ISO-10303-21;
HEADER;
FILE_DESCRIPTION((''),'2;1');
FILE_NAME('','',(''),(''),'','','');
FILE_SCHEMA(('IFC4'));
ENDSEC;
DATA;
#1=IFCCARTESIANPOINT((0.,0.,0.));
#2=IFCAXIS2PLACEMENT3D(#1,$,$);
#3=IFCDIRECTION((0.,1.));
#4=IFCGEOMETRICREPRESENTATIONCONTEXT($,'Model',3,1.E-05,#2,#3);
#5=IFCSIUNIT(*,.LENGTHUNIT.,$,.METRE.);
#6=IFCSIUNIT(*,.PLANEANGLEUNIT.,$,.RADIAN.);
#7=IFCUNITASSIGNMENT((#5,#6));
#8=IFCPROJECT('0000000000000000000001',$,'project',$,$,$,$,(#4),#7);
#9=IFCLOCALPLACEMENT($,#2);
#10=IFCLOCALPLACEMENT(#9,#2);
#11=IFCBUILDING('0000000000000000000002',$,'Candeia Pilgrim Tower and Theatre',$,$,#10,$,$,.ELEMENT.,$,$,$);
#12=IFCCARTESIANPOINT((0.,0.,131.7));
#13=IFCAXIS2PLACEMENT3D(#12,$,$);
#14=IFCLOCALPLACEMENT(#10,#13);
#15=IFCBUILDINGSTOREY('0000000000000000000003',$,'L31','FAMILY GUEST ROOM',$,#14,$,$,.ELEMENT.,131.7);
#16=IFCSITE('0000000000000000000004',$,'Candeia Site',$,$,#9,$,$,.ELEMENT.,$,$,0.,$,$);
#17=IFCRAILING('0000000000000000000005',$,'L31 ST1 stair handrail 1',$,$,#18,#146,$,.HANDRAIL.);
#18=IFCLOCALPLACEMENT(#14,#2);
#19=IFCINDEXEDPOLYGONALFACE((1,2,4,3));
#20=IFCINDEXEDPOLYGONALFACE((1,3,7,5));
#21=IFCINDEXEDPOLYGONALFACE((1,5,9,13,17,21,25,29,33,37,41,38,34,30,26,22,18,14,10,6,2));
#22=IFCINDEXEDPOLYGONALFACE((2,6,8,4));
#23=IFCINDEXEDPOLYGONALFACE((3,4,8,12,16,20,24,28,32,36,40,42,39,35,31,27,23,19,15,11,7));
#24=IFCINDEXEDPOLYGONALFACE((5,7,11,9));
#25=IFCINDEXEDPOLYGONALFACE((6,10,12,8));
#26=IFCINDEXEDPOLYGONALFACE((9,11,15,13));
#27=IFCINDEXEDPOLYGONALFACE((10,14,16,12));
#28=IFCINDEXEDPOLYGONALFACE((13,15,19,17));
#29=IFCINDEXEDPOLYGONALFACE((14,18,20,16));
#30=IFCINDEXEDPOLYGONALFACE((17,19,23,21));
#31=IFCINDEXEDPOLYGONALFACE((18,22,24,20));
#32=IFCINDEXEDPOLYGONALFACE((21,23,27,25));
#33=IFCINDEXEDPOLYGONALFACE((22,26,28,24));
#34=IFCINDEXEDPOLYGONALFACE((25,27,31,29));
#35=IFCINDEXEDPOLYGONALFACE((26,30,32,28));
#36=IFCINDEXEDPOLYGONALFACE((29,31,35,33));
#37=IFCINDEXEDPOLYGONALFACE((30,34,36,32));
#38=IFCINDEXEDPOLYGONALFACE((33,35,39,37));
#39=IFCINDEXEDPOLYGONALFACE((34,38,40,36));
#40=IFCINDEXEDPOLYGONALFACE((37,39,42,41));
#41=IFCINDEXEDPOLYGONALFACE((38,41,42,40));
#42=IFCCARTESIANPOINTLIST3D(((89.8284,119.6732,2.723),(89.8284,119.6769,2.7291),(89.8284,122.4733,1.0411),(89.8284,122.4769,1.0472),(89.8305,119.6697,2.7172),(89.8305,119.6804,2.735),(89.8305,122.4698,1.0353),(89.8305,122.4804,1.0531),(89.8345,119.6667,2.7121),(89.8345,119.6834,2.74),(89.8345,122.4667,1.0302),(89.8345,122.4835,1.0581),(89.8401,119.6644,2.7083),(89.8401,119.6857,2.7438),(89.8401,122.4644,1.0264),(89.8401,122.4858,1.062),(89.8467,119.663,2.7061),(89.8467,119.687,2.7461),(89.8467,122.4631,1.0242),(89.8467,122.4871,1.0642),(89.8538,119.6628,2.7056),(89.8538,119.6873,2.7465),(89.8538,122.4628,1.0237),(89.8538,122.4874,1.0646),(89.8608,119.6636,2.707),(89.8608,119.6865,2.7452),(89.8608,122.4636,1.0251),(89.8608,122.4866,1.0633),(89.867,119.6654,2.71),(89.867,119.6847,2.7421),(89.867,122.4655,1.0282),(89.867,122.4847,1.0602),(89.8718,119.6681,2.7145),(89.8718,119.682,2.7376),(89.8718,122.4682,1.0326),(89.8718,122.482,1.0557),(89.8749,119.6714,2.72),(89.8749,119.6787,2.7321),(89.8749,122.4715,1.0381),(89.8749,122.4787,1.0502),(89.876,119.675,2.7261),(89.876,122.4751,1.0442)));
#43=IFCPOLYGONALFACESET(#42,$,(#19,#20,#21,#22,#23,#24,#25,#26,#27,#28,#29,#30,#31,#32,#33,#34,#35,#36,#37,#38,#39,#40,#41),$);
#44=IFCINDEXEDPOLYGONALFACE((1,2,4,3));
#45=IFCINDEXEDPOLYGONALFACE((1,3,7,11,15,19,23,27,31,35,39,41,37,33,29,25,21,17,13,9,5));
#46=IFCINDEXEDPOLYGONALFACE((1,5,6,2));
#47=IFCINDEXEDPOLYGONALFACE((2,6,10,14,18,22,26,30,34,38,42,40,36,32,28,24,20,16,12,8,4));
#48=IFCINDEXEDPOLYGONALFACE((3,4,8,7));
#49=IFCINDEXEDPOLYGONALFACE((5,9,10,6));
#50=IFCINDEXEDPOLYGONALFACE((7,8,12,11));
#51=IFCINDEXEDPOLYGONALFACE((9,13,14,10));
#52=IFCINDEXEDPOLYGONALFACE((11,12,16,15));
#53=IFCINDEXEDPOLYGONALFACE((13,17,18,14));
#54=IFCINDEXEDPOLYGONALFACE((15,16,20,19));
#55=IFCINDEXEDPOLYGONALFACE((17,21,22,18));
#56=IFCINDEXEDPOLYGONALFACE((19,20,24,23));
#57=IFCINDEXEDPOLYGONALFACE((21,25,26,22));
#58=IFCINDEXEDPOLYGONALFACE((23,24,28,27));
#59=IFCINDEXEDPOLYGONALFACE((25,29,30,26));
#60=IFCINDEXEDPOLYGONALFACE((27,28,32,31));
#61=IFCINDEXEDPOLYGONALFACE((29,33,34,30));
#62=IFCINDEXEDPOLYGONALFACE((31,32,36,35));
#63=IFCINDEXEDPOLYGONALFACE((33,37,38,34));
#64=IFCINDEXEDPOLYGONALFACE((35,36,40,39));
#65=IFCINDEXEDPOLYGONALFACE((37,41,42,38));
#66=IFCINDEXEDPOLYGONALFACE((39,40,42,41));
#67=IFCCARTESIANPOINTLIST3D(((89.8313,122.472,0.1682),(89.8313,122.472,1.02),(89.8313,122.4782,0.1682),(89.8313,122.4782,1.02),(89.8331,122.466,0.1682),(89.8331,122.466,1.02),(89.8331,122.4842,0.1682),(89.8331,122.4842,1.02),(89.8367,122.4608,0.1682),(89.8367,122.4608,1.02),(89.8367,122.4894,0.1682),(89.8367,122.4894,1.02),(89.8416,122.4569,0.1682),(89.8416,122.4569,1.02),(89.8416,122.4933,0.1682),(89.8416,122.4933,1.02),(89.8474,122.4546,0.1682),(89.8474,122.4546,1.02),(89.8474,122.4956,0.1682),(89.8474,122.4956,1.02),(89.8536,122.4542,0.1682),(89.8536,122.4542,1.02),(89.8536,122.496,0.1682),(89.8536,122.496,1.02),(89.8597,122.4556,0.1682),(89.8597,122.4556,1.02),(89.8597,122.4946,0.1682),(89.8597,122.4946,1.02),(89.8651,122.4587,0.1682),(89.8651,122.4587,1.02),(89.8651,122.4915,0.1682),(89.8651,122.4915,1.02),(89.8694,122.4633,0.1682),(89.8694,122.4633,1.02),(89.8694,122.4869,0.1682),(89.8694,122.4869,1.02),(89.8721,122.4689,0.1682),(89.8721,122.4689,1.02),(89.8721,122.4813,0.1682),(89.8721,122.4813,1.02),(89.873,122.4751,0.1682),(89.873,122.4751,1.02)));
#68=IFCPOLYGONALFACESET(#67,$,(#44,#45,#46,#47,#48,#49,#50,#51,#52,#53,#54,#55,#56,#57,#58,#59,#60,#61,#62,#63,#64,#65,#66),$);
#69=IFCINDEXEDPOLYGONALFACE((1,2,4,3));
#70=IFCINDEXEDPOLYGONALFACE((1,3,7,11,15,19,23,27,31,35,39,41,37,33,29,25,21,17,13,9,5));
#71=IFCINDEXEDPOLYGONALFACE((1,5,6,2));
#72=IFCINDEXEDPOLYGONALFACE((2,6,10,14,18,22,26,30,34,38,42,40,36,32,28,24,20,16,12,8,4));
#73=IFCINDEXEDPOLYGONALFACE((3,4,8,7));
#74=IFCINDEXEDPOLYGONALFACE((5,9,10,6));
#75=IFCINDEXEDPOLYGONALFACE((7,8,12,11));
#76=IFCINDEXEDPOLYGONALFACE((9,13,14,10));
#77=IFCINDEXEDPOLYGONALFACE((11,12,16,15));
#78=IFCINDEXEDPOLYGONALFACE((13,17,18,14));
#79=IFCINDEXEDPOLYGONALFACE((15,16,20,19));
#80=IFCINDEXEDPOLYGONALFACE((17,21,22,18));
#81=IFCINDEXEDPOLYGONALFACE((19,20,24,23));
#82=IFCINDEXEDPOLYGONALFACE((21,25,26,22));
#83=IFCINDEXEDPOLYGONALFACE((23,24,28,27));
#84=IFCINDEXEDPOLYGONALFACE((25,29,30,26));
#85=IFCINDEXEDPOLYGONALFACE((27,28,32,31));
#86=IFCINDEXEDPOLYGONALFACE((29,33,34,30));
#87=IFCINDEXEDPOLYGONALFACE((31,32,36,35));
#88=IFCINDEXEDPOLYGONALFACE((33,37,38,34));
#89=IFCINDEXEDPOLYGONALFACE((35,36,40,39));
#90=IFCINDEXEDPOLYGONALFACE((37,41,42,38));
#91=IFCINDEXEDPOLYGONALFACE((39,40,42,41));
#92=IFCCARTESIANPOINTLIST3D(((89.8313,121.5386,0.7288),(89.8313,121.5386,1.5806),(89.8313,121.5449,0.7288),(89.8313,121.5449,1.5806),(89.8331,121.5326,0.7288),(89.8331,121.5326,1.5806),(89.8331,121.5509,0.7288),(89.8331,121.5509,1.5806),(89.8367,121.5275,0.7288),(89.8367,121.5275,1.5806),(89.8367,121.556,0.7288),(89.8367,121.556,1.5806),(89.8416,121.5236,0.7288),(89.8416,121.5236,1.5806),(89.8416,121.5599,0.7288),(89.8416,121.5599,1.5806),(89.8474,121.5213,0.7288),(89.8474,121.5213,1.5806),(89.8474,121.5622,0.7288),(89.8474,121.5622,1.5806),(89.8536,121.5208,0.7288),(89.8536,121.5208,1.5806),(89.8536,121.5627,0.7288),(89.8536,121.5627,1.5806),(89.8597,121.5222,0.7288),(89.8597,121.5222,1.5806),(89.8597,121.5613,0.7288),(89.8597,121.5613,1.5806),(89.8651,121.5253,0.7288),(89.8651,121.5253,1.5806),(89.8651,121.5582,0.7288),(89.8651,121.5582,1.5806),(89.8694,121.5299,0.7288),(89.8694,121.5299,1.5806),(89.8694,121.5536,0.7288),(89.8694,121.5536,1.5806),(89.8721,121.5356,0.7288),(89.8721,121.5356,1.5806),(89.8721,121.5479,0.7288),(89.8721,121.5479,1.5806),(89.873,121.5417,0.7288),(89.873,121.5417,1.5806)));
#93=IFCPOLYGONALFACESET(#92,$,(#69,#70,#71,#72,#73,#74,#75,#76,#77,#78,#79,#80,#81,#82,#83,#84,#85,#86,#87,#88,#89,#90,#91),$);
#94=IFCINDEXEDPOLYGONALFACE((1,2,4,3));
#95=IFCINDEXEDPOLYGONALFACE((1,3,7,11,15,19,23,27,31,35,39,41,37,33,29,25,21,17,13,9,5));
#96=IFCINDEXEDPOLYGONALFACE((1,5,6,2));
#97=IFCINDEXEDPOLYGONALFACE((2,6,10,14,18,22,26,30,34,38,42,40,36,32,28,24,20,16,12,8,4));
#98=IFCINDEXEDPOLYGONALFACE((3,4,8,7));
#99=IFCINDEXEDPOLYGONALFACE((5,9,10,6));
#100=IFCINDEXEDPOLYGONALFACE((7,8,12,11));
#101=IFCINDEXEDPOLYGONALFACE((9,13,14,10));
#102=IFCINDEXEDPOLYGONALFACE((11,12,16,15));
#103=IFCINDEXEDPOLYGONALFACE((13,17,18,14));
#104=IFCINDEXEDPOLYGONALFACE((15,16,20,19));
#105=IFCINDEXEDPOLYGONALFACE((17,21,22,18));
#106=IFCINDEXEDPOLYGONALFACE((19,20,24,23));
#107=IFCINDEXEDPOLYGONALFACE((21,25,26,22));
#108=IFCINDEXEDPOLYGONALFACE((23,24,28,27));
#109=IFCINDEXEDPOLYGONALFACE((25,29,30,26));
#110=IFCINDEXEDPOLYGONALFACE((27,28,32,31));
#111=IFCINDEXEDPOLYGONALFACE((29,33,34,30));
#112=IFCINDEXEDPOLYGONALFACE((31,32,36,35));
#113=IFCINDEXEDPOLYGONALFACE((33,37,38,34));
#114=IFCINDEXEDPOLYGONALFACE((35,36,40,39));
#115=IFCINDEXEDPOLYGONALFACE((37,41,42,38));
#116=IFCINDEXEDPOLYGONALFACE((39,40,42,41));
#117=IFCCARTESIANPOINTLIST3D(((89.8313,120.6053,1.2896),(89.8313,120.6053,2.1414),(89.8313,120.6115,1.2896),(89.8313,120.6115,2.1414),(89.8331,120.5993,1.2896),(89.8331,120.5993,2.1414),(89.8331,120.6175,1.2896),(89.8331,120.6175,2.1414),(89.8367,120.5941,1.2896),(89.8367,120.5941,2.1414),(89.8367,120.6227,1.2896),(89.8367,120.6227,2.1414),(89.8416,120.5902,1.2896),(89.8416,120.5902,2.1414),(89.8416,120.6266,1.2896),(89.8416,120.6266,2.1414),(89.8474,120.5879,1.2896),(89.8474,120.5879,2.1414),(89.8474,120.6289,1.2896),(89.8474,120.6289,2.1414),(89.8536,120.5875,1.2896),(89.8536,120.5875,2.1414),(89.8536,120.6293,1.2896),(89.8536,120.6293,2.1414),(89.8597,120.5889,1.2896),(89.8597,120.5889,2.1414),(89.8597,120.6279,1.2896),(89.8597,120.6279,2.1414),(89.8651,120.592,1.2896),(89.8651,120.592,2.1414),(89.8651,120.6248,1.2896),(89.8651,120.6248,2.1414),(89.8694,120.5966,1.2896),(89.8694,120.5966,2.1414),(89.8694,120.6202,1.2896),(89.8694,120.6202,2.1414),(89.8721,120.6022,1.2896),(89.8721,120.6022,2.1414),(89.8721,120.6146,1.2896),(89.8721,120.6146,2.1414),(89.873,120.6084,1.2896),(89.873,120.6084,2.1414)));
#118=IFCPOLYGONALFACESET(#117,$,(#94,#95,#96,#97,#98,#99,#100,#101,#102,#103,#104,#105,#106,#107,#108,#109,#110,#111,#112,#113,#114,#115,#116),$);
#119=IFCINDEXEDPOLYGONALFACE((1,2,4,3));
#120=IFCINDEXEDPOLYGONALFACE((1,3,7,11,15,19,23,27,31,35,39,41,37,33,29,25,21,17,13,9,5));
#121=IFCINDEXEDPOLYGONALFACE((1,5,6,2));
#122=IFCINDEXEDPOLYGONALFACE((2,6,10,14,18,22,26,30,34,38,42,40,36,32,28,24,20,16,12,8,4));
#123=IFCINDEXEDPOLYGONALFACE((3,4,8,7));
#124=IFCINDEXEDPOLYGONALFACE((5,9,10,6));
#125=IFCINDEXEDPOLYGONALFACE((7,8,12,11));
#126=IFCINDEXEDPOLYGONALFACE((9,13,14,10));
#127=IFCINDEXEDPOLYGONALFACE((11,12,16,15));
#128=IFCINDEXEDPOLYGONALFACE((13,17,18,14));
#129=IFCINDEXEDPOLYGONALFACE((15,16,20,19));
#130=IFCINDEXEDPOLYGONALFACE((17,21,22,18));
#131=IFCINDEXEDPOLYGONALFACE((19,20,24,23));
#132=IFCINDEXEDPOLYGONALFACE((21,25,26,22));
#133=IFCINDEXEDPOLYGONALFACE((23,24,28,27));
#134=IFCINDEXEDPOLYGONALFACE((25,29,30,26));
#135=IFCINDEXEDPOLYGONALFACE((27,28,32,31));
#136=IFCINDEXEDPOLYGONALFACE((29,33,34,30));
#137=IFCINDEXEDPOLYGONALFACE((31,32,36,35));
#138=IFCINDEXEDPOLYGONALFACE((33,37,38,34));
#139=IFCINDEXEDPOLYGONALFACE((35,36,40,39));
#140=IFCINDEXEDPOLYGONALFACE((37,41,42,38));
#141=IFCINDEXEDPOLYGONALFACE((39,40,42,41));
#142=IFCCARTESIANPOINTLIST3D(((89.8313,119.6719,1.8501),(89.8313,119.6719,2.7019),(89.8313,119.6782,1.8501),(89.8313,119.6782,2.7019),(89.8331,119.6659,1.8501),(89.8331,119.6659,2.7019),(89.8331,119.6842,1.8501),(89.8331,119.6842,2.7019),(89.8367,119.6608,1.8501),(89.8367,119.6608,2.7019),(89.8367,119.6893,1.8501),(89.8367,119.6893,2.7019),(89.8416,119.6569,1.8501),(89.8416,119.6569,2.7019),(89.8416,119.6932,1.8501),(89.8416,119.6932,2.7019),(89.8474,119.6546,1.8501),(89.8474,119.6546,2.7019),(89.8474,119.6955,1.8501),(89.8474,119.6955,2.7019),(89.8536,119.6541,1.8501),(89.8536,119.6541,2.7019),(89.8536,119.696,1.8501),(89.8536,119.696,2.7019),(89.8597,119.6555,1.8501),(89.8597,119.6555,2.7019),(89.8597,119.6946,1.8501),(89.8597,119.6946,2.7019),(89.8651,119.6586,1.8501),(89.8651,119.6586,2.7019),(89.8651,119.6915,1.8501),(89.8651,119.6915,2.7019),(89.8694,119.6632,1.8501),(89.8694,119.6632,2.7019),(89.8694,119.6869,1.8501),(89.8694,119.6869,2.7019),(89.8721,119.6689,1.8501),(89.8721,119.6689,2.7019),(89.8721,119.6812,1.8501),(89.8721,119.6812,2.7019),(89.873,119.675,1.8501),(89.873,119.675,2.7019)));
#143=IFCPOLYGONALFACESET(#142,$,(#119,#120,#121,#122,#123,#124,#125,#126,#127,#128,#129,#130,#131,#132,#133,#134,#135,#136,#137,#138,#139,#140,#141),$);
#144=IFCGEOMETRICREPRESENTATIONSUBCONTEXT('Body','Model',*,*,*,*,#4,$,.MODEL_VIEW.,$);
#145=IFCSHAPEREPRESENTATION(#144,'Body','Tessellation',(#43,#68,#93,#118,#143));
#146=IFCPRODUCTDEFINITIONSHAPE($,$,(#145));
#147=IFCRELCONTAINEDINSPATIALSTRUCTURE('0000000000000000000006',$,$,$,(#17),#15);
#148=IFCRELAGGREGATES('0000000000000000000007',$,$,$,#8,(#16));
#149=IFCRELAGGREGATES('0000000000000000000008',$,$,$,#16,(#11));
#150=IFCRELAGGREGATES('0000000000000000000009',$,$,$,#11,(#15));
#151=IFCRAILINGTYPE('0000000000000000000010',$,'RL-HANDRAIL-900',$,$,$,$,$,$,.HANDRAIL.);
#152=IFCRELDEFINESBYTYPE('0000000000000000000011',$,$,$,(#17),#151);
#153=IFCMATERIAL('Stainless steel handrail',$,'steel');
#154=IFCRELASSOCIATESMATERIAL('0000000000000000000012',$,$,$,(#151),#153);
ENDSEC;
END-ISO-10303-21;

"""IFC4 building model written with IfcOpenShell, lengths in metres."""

from ifc_helpers import new_model, si_unit, direction, frame, origin, origin_2d, place, context, subcontext, project, spatial, circle, extrude, material, type_object, element, save


model = new_model("IFC4")

# Units and contexts
model_context = context("Model", 3, precision=1e-05, world=origin(), true_north=direction((0.0, 1.0)))
body_context = subcontext(model_context, "Body", "Model", "MODEL_VIEW")
ifc_project = project(units=[si_unit("LENGTHUNIT", "METRE"), si_unit("PLANEANGLEUNIT", "RADIAN")], contexts=[model_context])

# Site, building, storey
site_placement = place(None, origin())
site = spatial("IfcSite", under=ifc_project, at=site_placement, Name="Candeia Site", CompositionType="ELEMENT", RefElevation=0.0)
building_placement = place(site_placement, origin())
building = spatial("IfcBuilding", under=site, at=building_placement, Name="Candeia Pilgrim Tower and Theatre", CompositionType="ELEMENT")
storey_placement = place(building_placement, frame((0.0, 0.0, 131.7)))
storey = spatial("IfcBuildingStorey", under=building, at=storey_placement, Name="L31", Description="FAMILY GUEST ROOM", CompositionType="ELEMENT", Elevation=131.7)

# Railing
ifc_material_1 = material(Name="Stainless steel handrail", Category="steel")
railing_type_1 = type_object("IfcRailingType", Name="RL-HANDRAIL-900", PredefinedType="HANDRAIL", material=ifc_material_1)
for number, where, name in (
    (1, (89.8521, 122.4751, 0.1682), "L31 ST1 stair handrail 1"),
):
    element("IfcRailing", number, at=place(storey_placement, frame(where)), inside=storey, type_object=railing_type_1, Name=name, PredefinedType="HANDRAIL", context=body_context, shape_type="SweptSolid", body=[
        extrude(circle(Radius=0.0239, at=origin_2d()), frame((0.0, 0.0, 0.876), z_axis=(0.0, -0.857242, 0.514913), x_axis=(1.0, 0.0, 0.0)), (0.0, 0.0, 1.0), 3.2664),
        extrude(circle(Radius=0.021, at=origin_2d()), origin(), (0.0, 0.0, 1.0), 0.8518),
        extrude(circle(Radius=0.021, at=origin_2d()), frame((0.0, -0.9333, 0.5605)), (0.0, 0.0, 1.0), 0.8518),
        extrude(circle(Radius=0.021, at=origin_2d()), frame((0.0, -1.8667, 1.1213)), (0.0, 0.0, 1.0), 0.8518),
        extrude(circle(Radius=0.021, at=origin_2d()), frame((0.0, -2.8, 1.6819)), (0.0, 0.0, 1.0), 0.8518),
    ])

save(model, "model.ifc")
